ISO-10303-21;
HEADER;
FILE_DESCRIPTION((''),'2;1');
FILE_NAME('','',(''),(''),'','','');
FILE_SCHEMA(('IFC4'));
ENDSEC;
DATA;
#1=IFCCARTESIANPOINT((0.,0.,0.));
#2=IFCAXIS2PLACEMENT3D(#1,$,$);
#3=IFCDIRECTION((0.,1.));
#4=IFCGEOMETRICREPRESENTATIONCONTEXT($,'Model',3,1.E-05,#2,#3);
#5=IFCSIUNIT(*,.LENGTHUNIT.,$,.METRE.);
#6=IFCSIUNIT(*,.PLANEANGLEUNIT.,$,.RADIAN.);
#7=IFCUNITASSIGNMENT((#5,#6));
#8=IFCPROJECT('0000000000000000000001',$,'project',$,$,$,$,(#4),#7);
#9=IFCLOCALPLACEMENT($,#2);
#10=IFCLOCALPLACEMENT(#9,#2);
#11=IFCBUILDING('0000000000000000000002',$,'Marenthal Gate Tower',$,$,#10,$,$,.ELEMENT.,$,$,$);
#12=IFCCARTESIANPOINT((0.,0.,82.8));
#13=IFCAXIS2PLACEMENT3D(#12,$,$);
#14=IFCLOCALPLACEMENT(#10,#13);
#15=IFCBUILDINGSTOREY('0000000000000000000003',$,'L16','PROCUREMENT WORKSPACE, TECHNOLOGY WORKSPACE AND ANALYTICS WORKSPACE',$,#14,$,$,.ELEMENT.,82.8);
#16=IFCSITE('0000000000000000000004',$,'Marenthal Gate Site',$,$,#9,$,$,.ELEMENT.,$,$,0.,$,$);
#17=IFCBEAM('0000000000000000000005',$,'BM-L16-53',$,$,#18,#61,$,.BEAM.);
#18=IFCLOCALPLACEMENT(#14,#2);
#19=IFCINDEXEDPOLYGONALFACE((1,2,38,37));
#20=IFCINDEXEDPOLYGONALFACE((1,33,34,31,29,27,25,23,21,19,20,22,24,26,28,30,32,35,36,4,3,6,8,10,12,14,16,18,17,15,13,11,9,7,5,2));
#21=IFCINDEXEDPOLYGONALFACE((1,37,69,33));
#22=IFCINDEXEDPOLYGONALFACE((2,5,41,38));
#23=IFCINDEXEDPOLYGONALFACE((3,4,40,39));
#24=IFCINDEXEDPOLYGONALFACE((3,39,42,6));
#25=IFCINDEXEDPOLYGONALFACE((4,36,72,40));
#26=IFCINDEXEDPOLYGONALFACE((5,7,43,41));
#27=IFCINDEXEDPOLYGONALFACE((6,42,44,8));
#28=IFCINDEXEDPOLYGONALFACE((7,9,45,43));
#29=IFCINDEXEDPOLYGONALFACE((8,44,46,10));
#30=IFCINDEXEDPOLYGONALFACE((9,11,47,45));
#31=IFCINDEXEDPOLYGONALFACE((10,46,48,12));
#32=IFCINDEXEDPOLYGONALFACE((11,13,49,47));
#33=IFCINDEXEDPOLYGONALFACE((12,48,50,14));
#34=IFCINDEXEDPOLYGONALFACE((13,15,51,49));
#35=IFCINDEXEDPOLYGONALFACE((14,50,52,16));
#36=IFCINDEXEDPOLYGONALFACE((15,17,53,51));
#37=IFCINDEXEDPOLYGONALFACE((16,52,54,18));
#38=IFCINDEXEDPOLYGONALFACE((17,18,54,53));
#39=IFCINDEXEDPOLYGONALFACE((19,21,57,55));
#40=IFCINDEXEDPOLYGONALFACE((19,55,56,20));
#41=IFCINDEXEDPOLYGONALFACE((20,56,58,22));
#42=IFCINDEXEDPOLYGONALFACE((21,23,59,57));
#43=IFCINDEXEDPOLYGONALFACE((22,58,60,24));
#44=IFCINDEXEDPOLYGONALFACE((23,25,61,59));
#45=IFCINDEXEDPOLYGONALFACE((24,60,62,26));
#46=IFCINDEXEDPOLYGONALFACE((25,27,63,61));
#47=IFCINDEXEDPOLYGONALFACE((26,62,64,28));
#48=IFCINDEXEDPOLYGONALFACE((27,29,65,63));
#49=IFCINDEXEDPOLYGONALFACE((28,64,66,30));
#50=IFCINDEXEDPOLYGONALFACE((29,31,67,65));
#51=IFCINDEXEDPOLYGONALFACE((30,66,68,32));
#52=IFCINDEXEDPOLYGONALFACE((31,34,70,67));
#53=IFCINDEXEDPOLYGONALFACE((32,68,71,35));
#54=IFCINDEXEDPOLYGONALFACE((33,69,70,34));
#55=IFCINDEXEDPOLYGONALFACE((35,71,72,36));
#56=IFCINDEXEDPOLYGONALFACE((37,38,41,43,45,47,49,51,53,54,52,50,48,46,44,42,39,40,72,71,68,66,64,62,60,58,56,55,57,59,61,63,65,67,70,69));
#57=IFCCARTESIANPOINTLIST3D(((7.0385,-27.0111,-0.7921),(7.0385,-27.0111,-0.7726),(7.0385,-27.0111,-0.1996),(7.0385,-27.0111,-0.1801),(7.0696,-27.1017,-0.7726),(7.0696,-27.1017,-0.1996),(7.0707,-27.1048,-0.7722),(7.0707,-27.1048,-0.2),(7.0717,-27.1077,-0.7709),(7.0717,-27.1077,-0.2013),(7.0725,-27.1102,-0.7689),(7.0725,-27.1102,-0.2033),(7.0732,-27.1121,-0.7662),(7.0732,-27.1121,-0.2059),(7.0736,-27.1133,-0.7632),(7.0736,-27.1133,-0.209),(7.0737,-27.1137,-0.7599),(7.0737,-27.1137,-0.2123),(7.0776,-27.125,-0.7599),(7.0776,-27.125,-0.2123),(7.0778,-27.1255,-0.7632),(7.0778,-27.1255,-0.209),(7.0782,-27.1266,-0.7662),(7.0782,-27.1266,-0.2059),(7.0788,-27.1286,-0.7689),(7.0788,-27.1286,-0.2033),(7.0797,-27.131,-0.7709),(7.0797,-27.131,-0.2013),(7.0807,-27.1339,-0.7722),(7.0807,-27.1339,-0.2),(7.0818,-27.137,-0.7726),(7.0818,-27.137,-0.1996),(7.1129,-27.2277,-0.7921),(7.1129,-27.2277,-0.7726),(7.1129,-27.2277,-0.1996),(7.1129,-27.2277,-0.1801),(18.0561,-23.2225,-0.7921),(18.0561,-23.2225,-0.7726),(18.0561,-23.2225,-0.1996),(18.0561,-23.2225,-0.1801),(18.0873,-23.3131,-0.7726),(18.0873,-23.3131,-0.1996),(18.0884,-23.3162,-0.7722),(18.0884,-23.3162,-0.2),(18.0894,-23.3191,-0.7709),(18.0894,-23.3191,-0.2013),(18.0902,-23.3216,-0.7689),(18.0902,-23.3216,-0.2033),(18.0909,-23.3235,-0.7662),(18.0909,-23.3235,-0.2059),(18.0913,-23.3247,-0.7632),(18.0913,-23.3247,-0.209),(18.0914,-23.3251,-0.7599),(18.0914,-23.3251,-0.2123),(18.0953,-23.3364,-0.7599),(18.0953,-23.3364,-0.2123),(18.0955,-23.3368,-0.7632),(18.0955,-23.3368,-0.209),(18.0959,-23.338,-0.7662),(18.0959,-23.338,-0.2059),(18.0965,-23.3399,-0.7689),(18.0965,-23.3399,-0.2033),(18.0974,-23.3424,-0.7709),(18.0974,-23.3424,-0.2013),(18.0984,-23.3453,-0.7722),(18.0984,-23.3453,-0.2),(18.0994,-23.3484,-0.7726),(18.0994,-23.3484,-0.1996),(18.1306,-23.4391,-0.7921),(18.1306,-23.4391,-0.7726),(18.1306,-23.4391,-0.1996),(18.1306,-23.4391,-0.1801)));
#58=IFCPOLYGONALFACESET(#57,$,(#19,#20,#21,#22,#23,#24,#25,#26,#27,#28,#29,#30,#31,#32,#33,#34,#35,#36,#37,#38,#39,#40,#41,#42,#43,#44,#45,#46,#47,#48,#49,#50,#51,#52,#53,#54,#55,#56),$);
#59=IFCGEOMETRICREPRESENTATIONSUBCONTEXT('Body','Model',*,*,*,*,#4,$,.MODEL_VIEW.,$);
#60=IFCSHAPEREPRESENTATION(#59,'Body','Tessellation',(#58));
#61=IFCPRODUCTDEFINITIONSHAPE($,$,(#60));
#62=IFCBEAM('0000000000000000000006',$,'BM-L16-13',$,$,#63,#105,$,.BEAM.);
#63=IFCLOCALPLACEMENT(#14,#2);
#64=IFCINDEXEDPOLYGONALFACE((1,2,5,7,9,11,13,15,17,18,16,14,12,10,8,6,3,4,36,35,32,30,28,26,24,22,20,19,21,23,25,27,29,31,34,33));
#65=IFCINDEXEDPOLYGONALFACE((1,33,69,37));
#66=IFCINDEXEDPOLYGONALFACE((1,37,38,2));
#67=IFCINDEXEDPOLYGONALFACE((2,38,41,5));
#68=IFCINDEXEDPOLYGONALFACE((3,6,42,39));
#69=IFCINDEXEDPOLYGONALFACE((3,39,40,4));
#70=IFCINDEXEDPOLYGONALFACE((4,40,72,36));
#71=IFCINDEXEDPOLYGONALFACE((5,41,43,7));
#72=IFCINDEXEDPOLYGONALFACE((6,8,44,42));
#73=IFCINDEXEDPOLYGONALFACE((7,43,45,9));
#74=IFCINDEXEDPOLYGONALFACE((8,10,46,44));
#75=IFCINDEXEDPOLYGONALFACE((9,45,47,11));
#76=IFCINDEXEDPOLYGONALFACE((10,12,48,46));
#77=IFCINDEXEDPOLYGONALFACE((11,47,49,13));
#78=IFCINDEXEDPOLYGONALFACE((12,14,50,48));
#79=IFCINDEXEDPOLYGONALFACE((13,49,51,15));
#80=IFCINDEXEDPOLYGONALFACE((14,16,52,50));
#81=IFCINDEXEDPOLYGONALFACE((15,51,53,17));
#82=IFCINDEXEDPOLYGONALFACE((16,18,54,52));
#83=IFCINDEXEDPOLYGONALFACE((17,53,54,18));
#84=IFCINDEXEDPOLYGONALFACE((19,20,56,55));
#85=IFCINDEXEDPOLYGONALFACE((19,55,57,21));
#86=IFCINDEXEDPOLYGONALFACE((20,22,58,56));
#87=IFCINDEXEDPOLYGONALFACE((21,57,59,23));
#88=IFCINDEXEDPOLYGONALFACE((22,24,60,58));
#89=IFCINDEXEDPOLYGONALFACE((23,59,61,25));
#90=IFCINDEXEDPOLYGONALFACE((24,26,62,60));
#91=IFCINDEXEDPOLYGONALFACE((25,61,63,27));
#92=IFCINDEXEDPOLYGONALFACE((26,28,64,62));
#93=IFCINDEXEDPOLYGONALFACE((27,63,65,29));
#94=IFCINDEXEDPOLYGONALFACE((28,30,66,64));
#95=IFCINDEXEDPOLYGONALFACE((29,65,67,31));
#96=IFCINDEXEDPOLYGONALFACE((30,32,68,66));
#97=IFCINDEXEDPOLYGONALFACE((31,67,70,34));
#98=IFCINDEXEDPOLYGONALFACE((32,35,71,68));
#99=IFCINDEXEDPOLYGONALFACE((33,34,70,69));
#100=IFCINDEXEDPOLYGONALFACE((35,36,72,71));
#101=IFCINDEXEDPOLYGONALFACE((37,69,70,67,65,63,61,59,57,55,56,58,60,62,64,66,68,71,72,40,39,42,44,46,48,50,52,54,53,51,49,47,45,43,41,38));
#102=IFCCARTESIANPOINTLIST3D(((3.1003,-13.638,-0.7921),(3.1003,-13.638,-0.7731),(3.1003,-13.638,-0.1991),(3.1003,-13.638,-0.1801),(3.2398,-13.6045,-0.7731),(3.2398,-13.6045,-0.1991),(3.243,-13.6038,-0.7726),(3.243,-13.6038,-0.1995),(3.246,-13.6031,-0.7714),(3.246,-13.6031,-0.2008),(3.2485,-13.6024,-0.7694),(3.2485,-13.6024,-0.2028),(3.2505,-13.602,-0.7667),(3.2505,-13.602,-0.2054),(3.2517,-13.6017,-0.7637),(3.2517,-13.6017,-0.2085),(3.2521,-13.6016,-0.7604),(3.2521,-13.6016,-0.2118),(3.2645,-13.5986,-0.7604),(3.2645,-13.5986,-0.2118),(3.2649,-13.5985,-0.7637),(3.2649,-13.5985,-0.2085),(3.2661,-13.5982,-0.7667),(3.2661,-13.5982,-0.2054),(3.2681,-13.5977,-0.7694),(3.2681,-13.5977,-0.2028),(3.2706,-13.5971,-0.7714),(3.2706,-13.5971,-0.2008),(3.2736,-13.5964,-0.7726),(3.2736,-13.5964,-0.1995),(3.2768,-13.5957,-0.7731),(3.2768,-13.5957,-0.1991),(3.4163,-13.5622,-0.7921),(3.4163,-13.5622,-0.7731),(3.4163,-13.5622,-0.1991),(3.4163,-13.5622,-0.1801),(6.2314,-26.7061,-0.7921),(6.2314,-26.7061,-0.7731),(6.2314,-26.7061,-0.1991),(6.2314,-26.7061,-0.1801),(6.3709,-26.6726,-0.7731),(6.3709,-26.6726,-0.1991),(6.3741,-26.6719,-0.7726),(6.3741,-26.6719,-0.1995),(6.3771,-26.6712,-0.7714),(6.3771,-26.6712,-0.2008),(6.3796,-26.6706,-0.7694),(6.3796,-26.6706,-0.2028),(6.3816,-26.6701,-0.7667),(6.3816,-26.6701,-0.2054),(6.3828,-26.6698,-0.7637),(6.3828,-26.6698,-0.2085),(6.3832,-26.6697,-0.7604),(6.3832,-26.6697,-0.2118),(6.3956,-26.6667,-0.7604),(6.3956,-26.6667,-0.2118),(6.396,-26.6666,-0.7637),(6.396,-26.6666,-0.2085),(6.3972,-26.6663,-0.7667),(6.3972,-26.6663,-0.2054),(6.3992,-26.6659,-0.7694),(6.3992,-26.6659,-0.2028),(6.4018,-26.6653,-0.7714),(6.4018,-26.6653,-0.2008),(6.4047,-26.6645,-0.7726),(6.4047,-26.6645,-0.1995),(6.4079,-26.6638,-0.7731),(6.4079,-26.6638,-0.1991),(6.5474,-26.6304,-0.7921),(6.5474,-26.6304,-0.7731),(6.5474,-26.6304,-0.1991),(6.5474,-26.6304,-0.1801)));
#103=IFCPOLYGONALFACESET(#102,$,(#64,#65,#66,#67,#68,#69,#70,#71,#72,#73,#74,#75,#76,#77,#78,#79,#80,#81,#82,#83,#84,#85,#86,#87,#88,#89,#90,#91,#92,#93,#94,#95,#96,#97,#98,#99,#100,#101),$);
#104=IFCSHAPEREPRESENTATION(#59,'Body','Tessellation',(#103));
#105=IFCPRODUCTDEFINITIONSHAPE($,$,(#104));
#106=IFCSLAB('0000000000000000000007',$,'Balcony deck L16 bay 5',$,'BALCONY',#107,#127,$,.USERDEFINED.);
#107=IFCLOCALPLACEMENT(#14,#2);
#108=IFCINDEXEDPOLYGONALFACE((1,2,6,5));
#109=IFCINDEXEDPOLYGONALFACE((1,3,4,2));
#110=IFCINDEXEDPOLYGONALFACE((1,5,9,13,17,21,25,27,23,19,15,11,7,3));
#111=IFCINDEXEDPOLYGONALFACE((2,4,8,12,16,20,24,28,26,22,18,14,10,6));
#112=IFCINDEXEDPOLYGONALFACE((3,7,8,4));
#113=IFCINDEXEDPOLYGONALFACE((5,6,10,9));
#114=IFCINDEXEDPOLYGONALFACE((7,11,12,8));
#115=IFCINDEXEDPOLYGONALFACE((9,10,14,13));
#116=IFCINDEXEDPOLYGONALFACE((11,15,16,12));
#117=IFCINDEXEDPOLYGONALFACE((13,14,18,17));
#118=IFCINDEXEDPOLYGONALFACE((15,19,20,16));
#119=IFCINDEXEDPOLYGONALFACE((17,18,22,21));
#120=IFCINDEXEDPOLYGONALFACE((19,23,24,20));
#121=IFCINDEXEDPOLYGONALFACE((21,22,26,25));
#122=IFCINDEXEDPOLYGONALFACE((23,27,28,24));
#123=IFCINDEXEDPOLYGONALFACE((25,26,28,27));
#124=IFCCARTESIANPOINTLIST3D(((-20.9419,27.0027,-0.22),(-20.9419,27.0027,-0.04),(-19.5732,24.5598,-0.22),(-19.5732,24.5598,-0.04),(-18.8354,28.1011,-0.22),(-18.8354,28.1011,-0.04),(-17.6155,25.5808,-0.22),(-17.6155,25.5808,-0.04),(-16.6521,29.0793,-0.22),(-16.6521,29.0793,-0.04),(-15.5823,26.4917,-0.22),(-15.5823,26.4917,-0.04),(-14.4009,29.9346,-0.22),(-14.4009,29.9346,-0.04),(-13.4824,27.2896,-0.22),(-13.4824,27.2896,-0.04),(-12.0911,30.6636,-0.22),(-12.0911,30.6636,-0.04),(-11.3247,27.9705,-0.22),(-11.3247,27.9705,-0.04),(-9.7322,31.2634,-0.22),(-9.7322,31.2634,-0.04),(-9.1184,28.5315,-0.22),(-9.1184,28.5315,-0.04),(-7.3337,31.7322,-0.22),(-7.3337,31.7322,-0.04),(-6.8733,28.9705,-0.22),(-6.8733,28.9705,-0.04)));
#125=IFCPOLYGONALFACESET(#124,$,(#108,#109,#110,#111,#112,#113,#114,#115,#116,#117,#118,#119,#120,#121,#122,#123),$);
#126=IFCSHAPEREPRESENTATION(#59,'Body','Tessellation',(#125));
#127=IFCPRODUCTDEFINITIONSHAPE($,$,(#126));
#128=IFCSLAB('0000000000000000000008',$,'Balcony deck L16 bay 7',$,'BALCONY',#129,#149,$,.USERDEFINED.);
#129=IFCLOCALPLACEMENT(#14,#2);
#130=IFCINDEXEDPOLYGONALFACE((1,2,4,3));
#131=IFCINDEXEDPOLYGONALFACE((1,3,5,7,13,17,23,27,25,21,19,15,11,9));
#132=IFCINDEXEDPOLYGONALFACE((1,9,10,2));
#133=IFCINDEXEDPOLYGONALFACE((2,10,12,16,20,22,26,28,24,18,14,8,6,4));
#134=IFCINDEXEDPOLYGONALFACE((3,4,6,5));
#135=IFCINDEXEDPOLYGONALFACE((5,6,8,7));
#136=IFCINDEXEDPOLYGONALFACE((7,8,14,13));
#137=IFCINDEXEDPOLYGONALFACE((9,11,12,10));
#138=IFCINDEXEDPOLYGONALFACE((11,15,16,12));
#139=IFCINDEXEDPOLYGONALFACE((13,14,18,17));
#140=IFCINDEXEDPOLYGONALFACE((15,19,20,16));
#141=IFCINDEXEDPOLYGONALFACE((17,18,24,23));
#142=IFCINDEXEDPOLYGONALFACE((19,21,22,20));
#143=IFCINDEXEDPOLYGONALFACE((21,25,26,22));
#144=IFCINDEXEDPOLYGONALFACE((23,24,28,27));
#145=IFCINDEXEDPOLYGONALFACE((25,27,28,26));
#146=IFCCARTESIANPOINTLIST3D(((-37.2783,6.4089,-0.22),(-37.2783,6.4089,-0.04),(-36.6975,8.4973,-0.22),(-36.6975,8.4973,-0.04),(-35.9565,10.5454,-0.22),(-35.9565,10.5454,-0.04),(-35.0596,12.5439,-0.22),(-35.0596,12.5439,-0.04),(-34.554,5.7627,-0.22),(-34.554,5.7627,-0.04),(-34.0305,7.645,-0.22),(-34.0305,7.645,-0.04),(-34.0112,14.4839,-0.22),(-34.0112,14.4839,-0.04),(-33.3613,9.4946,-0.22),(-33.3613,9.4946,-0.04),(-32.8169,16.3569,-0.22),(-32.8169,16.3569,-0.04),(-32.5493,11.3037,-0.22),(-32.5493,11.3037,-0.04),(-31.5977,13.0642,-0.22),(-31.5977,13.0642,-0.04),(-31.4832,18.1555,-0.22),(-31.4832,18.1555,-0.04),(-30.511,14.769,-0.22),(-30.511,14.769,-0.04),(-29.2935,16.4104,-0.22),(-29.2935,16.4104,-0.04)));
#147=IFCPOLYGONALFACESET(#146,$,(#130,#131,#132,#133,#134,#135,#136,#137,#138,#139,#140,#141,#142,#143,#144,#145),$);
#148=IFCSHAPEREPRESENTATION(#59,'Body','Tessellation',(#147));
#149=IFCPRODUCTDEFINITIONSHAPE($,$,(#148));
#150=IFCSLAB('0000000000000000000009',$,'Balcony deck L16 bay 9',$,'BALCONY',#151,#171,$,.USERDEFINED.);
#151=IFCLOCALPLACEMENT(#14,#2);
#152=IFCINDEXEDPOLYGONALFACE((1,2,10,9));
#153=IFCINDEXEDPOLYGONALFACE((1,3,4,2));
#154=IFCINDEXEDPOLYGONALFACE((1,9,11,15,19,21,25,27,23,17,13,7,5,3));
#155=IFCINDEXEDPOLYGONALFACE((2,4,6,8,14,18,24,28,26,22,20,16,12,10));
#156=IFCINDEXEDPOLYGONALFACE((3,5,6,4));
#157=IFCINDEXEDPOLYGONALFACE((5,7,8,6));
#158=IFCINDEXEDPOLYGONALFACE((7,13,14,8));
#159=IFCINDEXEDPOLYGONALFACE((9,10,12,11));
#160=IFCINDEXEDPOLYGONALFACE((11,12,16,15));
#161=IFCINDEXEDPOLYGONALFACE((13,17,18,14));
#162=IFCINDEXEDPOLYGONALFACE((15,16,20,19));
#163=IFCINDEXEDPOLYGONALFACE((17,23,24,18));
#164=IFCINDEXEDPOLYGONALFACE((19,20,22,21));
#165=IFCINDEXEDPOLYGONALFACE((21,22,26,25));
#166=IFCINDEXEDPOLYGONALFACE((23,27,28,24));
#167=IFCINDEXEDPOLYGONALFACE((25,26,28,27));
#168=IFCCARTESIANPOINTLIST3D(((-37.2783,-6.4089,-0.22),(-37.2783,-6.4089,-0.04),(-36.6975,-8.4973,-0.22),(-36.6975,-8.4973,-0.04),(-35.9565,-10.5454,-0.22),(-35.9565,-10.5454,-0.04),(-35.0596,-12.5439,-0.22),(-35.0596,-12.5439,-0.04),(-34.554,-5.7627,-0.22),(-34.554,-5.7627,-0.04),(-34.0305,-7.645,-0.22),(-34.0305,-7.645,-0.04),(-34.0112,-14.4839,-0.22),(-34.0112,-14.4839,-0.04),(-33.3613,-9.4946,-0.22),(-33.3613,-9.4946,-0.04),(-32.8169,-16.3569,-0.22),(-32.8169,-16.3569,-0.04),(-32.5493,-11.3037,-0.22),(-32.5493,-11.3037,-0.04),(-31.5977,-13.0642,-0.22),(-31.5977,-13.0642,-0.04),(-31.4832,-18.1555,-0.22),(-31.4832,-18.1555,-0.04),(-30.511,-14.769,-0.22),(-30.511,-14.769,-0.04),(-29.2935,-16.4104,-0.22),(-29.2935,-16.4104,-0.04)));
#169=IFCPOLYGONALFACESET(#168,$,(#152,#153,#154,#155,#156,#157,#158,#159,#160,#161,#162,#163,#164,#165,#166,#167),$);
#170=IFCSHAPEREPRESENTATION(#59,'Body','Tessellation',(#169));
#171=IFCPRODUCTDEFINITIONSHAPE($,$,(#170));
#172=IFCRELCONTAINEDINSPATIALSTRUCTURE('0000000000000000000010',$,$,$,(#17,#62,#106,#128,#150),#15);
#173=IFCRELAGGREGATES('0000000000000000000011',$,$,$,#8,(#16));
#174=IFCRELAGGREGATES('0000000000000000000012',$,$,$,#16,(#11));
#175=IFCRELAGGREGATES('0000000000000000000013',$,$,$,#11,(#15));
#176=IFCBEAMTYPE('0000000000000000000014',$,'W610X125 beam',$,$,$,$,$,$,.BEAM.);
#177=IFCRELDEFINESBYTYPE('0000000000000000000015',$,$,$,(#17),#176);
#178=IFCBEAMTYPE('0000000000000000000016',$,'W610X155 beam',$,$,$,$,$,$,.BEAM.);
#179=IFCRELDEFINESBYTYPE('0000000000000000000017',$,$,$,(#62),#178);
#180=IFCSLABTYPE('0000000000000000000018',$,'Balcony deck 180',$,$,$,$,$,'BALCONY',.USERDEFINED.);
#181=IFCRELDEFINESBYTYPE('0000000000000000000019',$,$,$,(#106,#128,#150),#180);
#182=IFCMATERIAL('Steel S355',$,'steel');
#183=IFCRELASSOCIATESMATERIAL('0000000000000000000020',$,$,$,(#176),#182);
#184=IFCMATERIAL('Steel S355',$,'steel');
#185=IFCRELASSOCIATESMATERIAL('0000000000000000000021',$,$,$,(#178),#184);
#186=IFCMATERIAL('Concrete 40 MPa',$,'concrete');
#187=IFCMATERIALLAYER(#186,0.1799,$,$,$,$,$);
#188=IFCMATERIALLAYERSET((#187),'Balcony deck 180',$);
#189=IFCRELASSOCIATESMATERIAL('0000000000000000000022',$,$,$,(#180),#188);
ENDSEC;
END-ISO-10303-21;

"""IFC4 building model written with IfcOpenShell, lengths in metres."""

from ifc_helpers import new_model, si_unit, direction, frame, origin, origin_2d, place, context, subcontext, project, spatial, polyline, i_section, outline, extrude, material, layer, layer_set, material_profile, profile_set, type_object, element, save


model = new_model("IFC4")

# Units and contexts
model_context = context("Model", 3, precision=1e-05, world=origin(), true_north=direction((0.0, 1.0)))
body_context = subcontext(model_context, "Body", "Model", "MODEL_VIEW")
ifc_project = project(units=[si_unit("LENGTHUNIT", "METRE"), si_unit("PLANEANGLEUNIT", "RADIAN")], contexts=[model_context])

# Site, building, storey
site_placement = place(None, origin())
site = spatial("IfcSite", under=ifc_project, at=site_placement, Name="Marenthal Gate Site", CompositionType="ELEMENT", RefElevation=0.0)
building_placement = place(site_placement, origin())
building = spatial("IfcBuilding", under=site, at=building_placement, Name="Marenthal Gate Tower", CompositionType="ELEMENT")
storey_placement = place(building_placement, frame((0.0, 0.0, 82.8)))
storey = spatial("IfcBuildingStorey", under=building, at=storey_placement, Name="L16", Description="PROCUREMENT WORKSPACE, TECHNOLOGY WORKSPACE AND ANALYTICS WORKSPACE", CompositionType="ELEMENT", Elevation=82.8)

# Beams
ifc_material_1 = material(Name="Steel S355", Category="steel")
ifc_material_profile_1 = material_profile(ifc_material_1, i_section(OverallWidth=0.229, OverallDepth=0.6121, WebThickness=0.012, FlangeThickness=0.0195, FilletRadius=0.0127, at=origin_2d()), Name="W610X125")
ifc_profile_set_1 = profile_set([ifc_material_profile_1], Name="Steel S355")
beam_type_1 = type_object("IfcBeamType", Name="W610X125 beam", PredefinedType="BEAM", material=ifc_profile_set_1)
beam_1_placement = place(storey_placement, frame((7.0757, -27.1194, -0.4861), z_axis=(0.945653, 0.325178, 0.0), x_axis=(-0.325178, 0.945653, 0.0)))
element("IfcBeam", 1, at=beam_1_placement, inside=storey, type_object=beam_type_1, Name="BM-L16-53", PredefinedType="BEAM", context=body_context, shape_type="SweptSolid", body=[
    extrude(i_section(OverallWidth=0.229, OverallDepth=0.6121, WebThickness=0.012, FlangeThickness=0.0195, FilletRadius=0.0127, at=origin_2d()), origin(), (0.0, 0.0, 1.0), 11.6509),
])
ifc_material_2 = material(Name="Steel S355", Category="steel")
ifc_material_profile_2 = material_profile(ifc_material_2, i_section(OverallWidth=0.325, OverallDepth=0.6121, WebThickness=0.0127, FlangeThickness=0.019, FilletRadius=0.0127, at=origin_2d()), Name="W610X155")
ifc_profile_set_2 = profile_set([ifc_material_profile_2], Name="Steel S355")
beam_type_2 = type_object("IfcBeamType", Name="W610X155 beam", PredefinedType="BEAM", material=ifc_profile_set_2)
beam_2_placement = place(storey_placement, frame((6.3894, -26.6682, -0.4861), z_axis=(-0.233004, 0.972476, 0.0), x_axis=(-0.972476, -0.233004, 0.0)))
element("IfcBeam", 2, at=beam_2_placement, inside=storey, type_object=beam_type_2, Name="BM-L16-13", PredefinedType="BEAM", context=body_context, shape_type="SweptSolid", body=[
    extrude(i_section(OverallWidth=0.325, OverallDepth=0.6121, WebThickness=0.0127, FlangeThickness=0.019, FilletRadius=0.0127, at=origin_2d()), origin(), (0.0, 0.0, 1.0), 13.438),
])

# Slabs
ifc_material_3 = material(Name="Concrete 40 MPa", Category="concrete")
ifc_layer_1 = layer(ifc_material_3, 0.1799)
ifc_layer_set_1 = layer_set([ifc_layer_1], Name="Balcony deck 180")
slab_type_1 = type_object("IfcSlabType", Name="Balcony deck 180", ElementType="BALCONY", PredefinedType="USERDEFINED", material=ifc_layer_set_1)
slab_1_placement = place(storey_placement, frame((0.0, 0.0, -0.22)))
element("IfcSlab", 3, at=slab_1_placement, inside=storey, type_object=slab_type_1, Name="Balcony deck L16 bay 5", ObjectType="BALCONY", PredefinedType="USERDEFINED", context=body_context, shape_type="SweptSolid", body=[
    extrude(outline(polyline([(-6.8733, 28.9705), (-9.1184, 28.5315), (-11.3247, 27.9705), (-13.4824, 27.2896), (-15.5823, 26.4917), (-17.6155, 25.5808), (-19.5732, 24.5598), (-20.9419, 27.0027), (-18.8354, 28.1011), (-16.6521, 29.0793), (-14.4009, 29.9346), (-12.0911, 30.6636), (-9.7322, 31.2634), (-7.3337, 31.7322), (-6.8733, 28.9705)])), origin(), (0.0, 0.0, 1.0), 0.1799),
])
slab_2_placement = place(storey_placement, frame((0.0, 0.0, -0.22)))
element("IfcSlab", 4, at=slab_2_placement, inside=storey, type_object=slab_type_1, Name="Balcony deck L16 bay 7", ObjectType="BALCONY", PredefinedType="USERDEFINED", context=body_context, shape_type="SweptSolid", body=[
    extrude(outline(polyline([(-29.2935, 16.4104), (-30.511, 14.769), (-31.5977, 13.0642), (-32.5493, 11.3037), (-33.3613, 9.4946), (-34.0305, 7.645), (-34.554, 5.7627), (-37.2783, 6.4089), (-36.6975, 8.4973), (-35.9565, 10.5454), (-35.0596, 12.5439), (-34.0112, 14.4839), (-32.8169, 16.3569), (-31.4832, 18.1555), (-29.2935, 16.4104)])), origin(), (0.0, 0.0, 1.0), 0.1799),
])
slab_3_placement = place(storey_placement, frame((0.0, 0.0, -0.22)))
element("IfcSlab", 5, at=slab_3_placement, inside=storey, type_object=slab_type_1, Name="Balcony deck L16 bay 9", ObjectType="BALCONY", PredefinedType="USERDEFINED", context=body_context, shape_type="SweptSolid", body=[
    extrude(outline(polyline([(-34.554, -5.7627), (-34.0305, -7.645), (-33.3613, -9.4946), (-32.5493, -11.3037), (-31.5977, -13.0642), (-30.511, -14.769), (-29.2935, -16.4104), (-31.4832, -18.1555), (-32.8169, -16.3569), (-34.0112, -14.4839), (-35.0596, -12.5439), (-35.9565, -10.5454), (-36.6975, -8.4973), (-37.2783, -6.4089), (-34.554, -5.7627)])), origin(), (0.0, 0.0, 1.0), 0.1799),
])

save(model, "model.ifc")
